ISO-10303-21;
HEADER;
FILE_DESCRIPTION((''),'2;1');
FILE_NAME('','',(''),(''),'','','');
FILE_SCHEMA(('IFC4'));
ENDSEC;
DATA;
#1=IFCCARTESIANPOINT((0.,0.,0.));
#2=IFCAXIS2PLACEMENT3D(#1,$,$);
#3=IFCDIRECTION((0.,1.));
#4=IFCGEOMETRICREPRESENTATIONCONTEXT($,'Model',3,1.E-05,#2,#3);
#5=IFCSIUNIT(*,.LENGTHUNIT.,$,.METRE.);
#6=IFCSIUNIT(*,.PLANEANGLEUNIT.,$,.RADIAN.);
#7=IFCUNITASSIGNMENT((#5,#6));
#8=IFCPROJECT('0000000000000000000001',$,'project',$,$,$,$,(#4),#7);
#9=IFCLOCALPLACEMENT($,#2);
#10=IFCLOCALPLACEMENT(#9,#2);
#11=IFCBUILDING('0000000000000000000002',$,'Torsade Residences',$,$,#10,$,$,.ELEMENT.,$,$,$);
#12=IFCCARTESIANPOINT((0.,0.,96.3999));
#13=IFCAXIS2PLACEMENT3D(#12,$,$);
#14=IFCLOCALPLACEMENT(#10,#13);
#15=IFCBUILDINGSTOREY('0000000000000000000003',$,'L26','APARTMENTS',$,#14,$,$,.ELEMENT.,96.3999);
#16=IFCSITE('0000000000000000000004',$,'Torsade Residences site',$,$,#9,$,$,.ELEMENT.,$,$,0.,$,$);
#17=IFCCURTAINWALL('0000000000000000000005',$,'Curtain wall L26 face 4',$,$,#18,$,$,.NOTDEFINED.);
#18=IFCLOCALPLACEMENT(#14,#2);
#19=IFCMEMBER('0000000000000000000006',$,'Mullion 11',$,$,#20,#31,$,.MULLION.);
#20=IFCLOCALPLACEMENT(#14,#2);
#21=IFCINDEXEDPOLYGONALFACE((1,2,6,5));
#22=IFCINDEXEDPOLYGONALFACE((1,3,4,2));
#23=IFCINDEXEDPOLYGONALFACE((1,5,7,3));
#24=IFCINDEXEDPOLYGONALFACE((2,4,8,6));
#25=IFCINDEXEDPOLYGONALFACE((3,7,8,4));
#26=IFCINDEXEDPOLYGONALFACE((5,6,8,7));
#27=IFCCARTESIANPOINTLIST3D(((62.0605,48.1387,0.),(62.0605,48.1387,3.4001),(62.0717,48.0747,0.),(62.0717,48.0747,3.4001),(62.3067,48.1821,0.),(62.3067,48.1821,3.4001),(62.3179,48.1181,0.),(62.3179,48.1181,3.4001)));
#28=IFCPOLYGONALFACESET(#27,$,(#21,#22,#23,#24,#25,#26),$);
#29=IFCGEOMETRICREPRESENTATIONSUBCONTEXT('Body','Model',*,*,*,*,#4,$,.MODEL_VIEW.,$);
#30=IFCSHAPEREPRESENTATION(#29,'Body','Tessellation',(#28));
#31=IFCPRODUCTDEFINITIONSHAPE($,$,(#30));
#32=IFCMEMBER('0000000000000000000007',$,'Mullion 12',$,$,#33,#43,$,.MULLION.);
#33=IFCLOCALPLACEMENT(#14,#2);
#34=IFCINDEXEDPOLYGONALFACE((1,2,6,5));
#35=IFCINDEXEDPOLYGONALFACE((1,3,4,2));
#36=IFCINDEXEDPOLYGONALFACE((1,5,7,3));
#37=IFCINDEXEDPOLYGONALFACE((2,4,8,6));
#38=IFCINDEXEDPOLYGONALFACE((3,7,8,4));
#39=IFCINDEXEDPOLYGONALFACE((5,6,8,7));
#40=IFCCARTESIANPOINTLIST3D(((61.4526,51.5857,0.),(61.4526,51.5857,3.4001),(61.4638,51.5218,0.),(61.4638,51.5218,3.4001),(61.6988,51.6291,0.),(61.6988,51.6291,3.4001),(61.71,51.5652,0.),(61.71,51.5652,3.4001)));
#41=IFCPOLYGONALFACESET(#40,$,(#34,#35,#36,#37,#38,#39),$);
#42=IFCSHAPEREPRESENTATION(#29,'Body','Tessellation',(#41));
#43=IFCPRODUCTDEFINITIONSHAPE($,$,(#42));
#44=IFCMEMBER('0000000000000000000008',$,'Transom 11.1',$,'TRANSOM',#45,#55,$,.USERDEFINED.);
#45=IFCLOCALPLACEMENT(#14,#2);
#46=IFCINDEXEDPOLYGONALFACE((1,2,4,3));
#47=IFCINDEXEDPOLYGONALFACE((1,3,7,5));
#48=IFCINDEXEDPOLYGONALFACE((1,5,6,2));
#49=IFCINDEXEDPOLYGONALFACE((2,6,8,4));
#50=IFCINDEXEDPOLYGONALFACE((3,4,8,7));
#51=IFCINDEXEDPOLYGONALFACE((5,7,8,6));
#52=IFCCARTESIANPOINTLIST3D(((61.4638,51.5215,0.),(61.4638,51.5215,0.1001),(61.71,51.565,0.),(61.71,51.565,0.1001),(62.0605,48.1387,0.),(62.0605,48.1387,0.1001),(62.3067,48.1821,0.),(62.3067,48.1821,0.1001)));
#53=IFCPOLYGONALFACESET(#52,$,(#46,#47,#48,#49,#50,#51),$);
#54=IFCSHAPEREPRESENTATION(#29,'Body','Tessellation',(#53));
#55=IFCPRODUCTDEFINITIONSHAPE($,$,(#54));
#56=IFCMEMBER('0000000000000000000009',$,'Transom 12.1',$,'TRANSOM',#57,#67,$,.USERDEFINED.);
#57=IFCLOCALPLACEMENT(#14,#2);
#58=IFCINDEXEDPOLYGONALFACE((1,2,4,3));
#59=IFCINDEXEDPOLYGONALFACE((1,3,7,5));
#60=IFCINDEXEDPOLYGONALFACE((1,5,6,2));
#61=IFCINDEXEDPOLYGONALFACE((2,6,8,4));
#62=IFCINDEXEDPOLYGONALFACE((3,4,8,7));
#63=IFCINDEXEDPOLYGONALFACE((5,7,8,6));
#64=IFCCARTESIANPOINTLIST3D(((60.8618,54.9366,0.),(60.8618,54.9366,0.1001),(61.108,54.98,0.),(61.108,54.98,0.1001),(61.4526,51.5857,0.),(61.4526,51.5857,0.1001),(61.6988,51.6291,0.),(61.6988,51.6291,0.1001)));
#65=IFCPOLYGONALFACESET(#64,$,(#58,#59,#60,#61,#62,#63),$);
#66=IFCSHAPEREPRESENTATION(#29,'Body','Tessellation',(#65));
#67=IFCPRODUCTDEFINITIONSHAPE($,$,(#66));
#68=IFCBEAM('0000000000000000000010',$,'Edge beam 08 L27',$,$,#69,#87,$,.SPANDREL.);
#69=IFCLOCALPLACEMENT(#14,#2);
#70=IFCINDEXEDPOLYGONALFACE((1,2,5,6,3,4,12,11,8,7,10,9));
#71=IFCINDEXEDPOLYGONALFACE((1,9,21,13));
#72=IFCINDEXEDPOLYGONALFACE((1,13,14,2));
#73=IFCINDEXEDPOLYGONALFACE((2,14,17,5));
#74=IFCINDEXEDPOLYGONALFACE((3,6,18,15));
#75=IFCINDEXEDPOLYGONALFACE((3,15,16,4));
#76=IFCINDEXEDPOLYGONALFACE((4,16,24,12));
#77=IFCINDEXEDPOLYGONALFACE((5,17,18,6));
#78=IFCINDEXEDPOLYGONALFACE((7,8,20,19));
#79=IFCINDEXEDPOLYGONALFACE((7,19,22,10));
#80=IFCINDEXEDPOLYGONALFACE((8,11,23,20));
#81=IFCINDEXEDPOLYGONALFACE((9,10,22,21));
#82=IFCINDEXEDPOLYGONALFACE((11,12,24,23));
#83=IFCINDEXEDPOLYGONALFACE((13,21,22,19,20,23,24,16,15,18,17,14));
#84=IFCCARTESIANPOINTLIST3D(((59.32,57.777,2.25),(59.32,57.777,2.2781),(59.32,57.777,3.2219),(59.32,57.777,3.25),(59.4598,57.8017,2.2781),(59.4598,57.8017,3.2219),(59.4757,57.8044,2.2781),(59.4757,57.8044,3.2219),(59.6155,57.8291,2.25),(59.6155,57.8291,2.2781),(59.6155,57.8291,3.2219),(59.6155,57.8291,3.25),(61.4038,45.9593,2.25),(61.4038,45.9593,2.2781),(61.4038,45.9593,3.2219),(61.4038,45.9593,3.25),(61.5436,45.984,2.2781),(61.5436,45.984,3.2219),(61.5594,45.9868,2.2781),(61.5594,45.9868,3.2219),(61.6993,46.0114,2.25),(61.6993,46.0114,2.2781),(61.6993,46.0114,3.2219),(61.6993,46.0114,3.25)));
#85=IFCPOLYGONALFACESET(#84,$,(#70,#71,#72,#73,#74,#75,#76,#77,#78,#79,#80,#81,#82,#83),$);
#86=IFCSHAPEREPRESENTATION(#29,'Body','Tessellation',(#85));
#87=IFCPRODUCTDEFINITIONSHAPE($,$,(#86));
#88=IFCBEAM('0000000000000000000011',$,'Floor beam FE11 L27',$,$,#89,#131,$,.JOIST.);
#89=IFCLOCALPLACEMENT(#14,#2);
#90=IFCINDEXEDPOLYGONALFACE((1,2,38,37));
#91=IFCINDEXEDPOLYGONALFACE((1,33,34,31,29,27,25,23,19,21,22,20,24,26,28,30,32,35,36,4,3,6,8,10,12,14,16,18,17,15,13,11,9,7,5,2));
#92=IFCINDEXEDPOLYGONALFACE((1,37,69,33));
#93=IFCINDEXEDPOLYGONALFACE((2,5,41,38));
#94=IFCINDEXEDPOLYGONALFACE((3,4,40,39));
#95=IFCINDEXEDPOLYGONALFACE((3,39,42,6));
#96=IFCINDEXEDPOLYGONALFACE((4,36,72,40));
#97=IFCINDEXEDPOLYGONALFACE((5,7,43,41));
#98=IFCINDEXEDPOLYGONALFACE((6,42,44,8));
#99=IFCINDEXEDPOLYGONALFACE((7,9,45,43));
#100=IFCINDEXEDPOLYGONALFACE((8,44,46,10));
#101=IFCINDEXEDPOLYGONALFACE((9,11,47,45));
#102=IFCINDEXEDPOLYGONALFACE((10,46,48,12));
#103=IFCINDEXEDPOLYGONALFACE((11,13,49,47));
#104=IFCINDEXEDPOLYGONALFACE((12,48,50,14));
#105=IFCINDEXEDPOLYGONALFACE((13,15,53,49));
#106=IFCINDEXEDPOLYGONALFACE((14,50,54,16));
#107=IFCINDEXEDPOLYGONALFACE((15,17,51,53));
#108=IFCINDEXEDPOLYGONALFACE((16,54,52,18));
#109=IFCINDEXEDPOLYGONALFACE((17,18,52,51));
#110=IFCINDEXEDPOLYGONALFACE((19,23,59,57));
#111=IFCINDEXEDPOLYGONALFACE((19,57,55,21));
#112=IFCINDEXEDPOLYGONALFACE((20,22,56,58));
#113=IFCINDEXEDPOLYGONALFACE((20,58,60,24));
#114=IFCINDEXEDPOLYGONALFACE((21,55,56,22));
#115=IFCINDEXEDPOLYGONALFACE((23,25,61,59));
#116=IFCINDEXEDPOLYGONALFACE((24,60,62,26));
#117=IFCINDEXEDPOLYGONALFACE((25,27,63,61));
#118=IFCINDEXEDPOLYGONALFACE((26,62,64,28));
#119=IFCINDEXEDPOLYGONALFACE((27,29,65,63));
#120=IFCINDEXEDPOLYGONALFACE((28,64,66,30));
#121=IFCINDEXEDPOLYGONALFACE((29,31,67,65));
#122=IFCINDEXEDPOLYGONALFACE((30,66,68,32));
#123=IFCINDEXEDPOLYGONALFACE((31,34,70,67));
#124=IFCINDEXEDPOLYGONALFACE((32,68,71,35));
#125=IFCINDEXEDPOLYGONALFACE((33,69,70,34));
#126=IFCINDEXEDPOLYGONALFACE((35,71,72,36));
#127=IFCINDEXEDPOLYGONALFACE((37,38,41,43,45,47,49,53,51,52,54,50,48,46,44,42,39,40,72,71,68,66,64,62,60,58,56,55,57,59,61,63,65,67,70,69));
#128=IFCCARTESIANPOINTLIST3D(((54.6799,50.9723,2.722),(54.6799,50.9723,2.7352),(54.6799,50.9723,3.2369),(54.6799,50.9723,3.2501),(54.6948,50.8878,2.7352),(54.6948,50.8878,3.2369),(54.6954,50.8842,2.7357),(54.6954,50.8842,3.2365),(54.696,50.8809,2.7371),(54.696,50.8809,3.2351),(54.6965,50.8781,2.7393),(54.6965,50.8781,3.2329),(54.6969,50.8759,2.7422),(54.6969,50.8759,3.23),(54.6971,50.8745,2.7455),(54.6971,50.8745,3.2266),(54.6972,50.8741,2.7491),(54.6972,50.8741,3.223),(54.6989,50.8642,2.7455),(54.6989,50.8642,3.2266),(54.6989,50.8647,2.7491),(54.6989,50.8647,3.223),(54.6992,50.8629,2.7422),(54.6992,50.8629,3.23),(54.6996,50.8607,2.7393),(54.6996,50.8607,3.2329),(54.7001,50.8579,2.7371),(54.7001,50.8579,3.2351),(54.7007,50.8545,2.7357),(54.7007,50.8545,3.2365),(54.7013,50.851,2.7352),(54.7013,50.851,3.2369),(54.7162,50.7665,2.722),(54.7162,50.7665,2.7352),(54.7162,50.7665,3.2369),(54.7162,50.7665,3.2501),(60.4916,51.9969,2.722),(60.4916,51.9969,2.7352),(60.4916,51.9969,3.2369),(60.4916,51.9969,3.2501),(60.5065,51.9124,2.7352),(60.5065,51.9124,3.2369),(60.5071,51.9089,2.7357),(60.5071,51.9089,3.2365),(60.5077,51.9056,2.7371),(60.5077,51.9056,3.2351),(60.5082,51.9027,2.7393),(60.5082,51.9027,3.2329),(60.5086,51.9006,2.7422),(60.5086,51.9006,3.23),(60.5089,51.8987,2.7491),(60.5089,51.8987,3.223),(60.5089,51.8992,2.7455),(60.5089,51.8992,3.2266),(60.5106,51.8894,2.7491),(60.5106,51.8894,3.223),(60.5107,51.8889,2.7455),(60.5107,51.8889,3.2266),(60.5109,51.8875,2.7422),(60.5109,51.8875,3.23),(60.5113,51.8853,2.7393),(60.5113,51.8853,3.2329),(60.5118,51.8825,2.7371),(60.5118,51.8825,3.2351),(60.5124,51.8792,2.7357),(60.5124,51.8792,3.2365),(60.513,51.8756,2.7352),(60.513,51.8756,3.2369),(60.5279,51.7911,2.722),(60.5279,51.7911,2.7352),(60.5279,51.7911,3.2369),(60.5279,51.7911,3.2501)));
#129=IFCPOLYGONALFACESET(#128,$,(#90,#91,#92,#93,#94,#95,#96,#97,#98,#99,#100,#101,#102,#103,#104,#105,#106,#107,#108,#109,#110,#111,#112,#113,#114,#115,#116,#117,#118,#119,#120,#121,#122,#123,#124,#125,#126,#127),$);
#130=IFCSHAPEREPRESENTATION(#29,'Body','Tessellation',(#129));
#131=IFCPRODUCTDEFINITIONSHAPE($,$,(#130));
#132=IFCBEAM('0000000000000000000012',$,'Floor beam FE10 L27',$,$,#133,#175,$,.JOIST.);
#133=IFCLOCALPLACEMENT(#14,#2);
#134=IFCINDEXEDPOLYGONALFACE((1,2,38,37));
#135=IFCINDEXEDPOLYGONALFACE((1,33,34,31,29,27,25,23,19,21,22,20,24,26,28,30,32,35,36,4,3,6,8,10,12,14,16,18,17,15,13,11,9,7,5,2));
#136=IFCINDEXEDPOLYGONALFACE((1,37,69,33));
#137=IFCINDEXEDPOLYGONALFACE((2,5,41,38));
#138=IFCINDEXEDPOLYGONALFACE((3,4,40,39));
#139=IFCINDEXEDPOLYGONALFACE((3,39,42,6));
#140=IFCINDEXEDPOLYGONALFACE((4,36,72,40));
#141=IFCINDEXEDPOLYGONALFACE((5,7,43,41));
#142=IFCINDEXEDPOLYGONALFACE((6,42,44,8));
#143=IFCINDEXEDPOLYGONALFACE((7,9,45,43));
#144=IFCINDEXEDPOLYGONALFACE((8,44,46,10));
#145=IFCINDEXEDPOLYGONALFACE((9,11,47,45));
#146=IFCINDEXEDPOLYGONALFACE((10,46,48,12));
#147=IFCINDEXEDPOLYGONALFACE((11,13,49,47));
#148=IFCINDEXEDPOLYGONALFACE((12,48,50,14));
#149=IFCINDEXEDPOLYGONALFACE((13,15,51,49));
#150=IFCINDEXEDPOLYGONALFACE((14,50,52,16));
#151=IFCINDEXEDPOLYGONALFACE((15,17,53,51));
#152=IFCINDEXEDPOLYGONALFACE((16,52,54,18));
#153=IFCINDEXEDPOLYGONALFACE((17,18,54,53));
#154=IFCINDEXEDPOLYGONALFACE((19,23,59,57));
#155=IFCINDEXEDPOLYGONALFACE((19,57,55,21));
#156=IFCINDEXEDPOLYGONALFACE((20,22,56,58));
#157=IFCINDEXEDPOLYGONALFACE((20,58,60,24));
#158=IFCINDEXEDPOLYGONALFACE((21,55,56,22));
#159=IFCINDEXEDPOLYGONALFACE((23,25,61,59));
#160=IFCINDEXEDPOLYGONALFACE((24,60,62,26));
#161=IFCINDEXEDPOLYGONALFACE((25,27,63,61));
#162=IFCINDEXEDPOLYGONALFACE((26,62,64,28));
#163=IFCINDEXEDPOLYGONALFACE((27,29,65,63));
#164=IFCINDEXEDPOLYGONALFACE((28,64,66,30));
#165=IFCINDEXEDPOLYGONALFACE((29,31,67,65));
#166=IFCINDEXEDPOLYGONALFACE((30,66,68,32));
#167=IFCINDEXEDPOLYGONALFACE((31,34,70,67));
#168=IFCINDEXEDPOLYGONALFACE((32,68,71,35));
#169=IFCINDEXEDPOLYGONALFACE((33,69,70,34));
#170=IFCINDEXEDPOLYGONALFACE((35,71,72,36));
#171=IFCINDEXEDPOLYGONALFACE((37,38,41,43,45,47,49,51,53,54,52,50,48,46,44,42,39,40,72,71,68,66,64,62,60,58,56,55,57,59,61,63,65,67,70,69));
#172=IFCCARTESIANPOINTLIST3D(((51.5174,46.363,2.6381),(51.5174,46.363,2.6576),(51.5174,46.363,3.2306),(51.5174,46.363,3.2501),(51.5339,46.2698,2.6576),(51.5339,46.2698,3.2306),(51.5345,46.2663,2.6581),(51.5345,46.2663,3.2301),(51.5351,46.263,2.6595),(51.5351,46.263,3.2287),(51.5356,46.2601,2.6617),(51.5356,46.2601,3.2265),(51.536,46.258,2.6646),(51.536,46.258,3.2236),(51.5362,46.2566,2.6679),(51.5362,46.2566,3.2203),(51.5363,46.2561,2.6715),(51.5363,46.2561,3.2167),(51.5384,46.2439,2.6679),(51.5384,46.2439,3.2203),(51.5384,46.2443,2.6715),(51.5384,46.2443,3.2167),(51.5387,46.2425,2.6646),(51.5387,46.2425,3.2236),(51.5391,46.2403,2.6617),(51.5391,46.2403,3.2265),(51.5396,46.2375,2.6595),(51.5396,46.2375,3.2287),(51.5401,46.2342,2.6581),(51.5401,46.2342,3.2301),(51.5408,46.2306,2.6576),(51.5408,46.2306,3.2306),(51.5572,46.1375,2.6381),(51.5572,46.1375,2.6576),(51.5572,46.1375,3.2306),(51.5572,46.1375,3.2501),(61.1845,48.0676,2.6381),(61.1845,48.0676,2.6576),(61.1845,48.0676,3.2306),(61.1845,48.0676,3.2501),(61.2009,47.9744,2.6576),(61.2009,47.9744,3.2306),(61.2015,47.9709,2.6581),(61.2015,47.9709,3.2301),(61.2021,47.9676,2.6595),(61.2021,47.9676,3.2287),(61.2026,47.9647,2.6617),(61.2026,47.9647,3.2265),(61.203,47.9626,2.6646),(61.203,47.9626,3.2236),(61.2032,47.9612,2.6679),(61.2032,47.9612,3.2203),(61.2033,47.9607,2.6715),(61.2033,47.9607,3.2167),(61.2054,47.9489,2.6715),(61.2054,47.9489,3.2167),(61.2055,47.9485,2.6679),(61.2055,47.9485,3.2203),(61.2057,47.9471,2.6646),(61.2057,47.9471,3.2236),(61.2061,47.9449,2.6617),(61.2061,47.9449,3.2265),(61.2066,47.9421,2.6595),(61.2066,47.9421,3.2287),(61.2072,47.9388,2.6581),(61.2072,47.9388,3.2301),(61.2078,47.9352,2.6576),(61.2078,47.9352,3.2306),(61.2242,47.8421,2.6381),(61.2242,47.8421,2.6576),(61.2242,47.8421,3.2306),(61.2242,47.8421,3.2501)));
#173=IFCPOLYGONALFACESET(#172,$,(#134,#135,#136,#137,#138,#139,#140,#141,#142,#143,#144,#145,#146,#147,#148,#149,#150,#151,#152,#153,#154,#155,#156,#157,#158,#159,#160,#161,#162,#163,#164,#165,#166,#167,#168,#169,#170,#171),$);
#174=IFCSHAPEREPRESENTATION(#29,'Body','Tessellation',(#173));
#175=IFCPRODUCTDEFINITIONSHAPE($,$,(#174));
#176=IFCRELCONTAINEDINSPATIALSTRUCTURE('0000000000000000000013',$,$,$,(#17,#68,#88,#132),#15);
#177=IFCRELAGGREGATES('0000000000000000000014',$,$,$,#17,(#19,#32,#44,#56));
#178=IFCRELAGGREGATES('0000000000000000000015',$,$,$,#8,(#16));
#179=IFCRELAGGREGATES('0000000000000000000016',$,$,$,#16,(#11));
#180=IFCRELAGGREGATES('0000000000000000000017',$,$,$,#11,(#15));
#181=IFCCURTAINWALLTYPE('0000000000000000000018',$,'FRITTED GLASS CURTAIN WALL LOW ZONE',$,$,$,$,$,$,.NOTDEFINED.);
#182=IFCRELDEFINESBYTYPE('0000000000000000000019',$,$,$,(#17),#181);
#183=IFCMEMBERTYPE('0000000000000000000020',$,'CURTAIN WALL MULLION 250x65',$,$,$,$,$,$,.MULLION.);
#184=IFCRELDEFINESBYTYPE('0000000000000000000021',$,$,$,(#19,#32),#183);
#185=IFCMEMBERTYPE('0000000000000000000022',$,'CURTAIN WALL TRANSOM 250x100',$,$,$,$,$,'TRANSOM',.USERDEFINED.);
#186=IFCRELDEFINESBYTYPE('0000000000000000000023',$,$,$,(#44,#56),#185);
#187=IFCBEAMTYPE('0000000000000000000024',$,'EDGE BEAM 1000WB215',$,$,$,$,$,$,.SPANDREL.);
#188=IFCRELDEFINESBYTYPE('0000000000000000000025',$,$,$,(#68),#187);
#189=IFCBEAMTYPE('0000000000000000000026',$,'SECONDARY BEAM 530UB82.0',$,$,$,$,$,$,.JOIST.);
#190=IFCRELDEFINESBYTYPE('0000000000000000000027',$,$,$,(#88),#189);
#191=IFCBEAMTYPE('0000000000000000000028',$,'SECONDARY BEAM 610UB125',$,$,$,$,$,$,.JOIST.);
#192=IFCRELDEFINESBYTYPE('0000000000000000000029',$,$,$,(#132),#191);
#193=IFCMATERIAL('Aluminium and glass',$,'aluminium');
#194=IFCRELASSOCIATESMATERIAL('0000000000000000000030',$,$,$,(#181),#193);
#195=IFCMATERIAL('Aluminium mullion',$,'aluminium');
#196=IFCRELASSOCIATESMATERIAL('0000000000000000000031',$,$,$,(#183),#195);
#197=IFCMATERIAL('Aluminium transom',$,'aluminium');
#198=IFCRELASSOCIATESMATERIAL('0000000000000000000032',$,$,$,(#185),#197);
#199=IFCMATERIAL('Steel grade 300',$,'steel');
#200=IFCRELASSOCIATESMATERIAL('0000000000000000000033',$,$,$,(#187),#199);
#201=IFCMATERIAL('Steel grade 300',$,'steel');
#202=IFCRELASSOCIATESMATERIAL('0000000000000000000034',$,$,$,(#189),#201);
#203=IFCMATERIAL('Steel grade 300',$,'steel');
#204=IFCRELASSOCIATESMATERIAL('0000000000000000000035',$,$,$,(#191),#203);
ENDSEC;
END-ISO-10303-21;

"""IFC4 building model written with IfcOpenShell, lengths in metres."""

from ifc_helpers import new_model, si_unit, direction, frame, origin, origin_2d, place, context, subcontext, project, spatial, rectangle, i_section, extrude, material, material_profile, profile_set, type_object, element, aggregate, save


model = new_model("IFC4")

# Units and contexts
model_context = context("Model", 3, precision=1e-05, world=origin(), true_north=direction((0.0, 1.0)))
body_context = subcontext(model_context, "Body", "Model", "MODEL_VIEW")
ifc_project = project(units=[si_unit("LENGTHUNIT", "METRE"), si_unit("PLANEANGLEUNIT", "RADIAN")], contexts=[model_context])

# Site, building, storey
site_placement = place(None, origin())
site = spatial("IfcSite", under=ifc_project, at=site_placement, Name="Torsade Residences site", CompositionType="ELEMENT", RefElevation=0.0)
building_placement = place(site_placement, origin())
building = spatial("IfcBuilding", under=site, at=building_placement, Name="Torsade Residences", CompositionType="ELEMENT")
storey_placement = place(building_placement, frame((0.0, 0.0, 96.3999)))
storey = spatial("IfcBuildingStorey", under=building, at=storey_placement, Name="L26", Description="APARTMENTS", CompositionType="ELEMENT", Elevation=96.3999)

# Curtain wall, members
ifc_material_1 = material(Name="Aluminium and glass", Category="aluminium")
curtain_wall_type = type_object("IfcCurtainWallType", Name="FRITTED GLASS CURTAIN WALL LOW ZONE", PredefinedType="NOTDEFINED", material=ifc_material_1)
curtain_wall_placement = place(storey_placement, origin())
curtain_wall = element("IfcCurtainWall", 1, at=curtain_wall_placement, inside=storey, type_object=curtain_wall_type, Name="Curtain wall L26 face 4", PredefinedType="NOTDEFINED")
ifc_material_2 = material(Name="Aluminium mullion", Category="aluminium")
ifc_material_profile_1 = material_profile(ifc_material_2, rectangle(XDim=0.25, YDim=0.0649, at=origin_2d()), Name="CURTAIN WALL MULLION 250x65")
ifc_profile_set_1 = profile_set([ifc_material_profile_1], Name="Aluminium mullion")
member_type_1 = type_object("IfcMemberType", Name="CURTAIN WALL MULLION 250x65", PredefinedType="MULLION", material=ifc_profile_set_1)
member_1_placement = place(storey_placement, frame((62.1892, 48.1284, 0.0), z_axis=(0.0, 0.0, 1.0), x_axis=(-0.984808, -0.173648, 0.0)))
member_1 = element("IfcMember", 2, at=member_1_placement, type_object=member_type_1, Name="Mullion 11", PredefinedType="MULLION", context=body_context, shape_type="SweptSolid", body=[
    extrude(rectangle(XDim=0.25, YDim=0.0649, at=origin_2d()), origin(), (0.0, 0.0, 1.0), 3.4001),
])
member_2_placement = place(storey_placement, frame((61.5813, 51.5754, 0.0), z_axis=(0.0, 0.0, 1.0), x_axis=(-0.984808, -0.173648, 0.0)))
member_2 = element("IfcMember", 3, at=member_2_placement, type_object=member_type_1, Name="Mullion 12", PredefinedType="MULLION", context=body_context, shape_type="SweptSolid", body=[
    extrude(rectangle(XDim=0.25, YDim=0.0649, at=origin_2d()), origin(), (0.0, 0.0, 1.0), 3.4001),
])
ifc_material_3 = material(Name="Aluminium transom", Category="aluminium")
ifc_material_profile_2 = material_profile(ifc_material_3, rectangle(XDim=0.25, YDim=0.1001, at=origin_2d()), Name="CURTAIN WALL TRANSOM 250x100")
ifc_profile_set_2 = profile_set([ifc_material_profile_2], Name="Aluminium transom")
member_type_2 = type_object("IfcMemberType", Name="CURTAIN WALL TRANSOM 250x100", ElementType="TRANSOM", PredefinedType="USERDEFINED", material=ifc_profile_set_2)
member_3_placement = place(storey_placement, frame((62.1836, 48.1604, 0.05), z_axis=(-0.173704, 0.984798, 0.0), x_axis=(-0.984798, -0.173704, 0.0)))
member_3 = element("IfcMember", 4, at=member_3_placement, type_object=member_type_2, Name="Transom 11.1", ObjectType="TRANSOM", PredefinedType="USERDEFINED", context=body_context, shape_type="SweptSolid", body=[
    extrude(rectangle(XDim=0.25, YDim=0.1001, at=origin_2d()), origin(), (0.0, 0.0, 1.0), 3.4351),
])
member_4_placement = place(storey_placement, frame((61.5757, 51.6074, 0.05), z_axis=(-0.173642, 0.984809, 0.0), x_axis=(-0.984809, -0.173642, 0.0)))
member_4 = element("IfcMember", 5, at=member_4_placement, type_object=member_type_2, Name="Transom 12.1", ObjectType="TRANSOM", PredefinedType="USERDEFINED", context=body_context, shape_type="SweptSolid", body=[
    extrude(rectangle(XDim=0.25, YDim=0.1001, at=origin_2d()), origin(), (0.0, 0.0, 1.0), 3.4026),
])

# Beams
ifc_material_4 = material(Name="Steel grade 300", Category="steel")
ifc_material_profile_3 = material_profile(ifc_material_4, i_section(OverallWidth=0.3, OverallDepth=1.0, WebThickness=0.0161, FlangeThickness=0.0281, at=origin_2d()), Name="1000WB215")
ifc_profile_set_3 = profile_set([ifc_material_profile_3], Name="Steel grade 300")
beam_type_1 = type_object("IfcBeamType", Name="EDGE BEAM 1000WB215", PredefinedType="SPANDREL", material=ifc_profile_set_3)
beam_1_placement = place(storey_placement, frame((61.5515, 45.9854, 2.75), z_axis=(-0.173646, 0.984808, 0.0), x_axis=(-0.984808, -0.173646, 0.0)))
element("IfcBeam", 6, at=beam_1_placement, inside=storey, type_object=beam_type_1, Name="Edge beam 08 L27", PredefinedType="SPANDREL", context=body_context, shape_type="SweptSolid", body=[
    extrude(i_section(OverallWidth=0.3, OverallDepth=1.0, WebThickness=0.0161, FlangeThickness=0.0281, at=origin_2d()), origin(), (0.0, 0.0, 1.0), 12.0),
])
ifc_material_5 = material(Name="Steel grade 300", Category="steel")
ifc_material_profile_4 = material_profile(ifc_material_5, i_section(OverallWidth=0.209, OverallDepth=0.5281, WebThickness=0.0095, FlangeThickness=0.0132, FilletRadius=0.0139, at=origin_2d()), Name="530UB82.0")
ifc_profile_set_4 = profile_set([ifc_material_profile_4], Name="Steel grade 300")
beam_type_2 = type_object("IfcBeamType", Name="SECONDARY BEAM 530UB82.0", PredefinedType="JOIST", material=ifc_profile_set_4)
beam_2_placement = place(storey_placement, frame((60.5098, 51.894, 2.9861), z_axis=(-0.984811, -0.17363, 0.0), x_axis=(0.17363, -0.984811, 0.0)))
element("IfcBeam", 7, at=beam_2_placement, inside=storey, type_object=beam_type_2, Name="Floor beam FE11 L27", PredefinedType="JOIST", context=body_context, shape_type="SweptSolid", body=[
    extrude(i_section(OverallWidth=0.209, OverallDepth=0.5281, WebThickness=0.0095, FlangeThickness=0.0132, FilletRadius=0.0139, at=origin_2d()), origin(), (0.0, 0.0, 1.0), 5.9014),
])
ifc_material_6 = material(Name="Steel grade 300", Category="steel")
ifc_material_profile_5 = material_profile(ifc_material_6, i_section(OverallWidth=0.229, OverallDepth=0.6121, WebThickness=0.012, FlangeThickness=0.0195, FilletRadius=0.0139, at=origin_2d()), Name="610UB125")
ifc_profile_set_5 = profile_set([ifc_material_profile_5], Name="Steel grade 300")
beam_type_3 = type_object("IfcBeamType", Name="SECONDARY BEAM 610UB125", PredefinedType="JOIST", material=ifc_profile_set_5)
beam_3_placement = place(storey_placement, frame((61.2043, 47.9548, 2.9441), z_axis=(-0.984807, -0.173652, 0.0), x_axis=(0.173652, -0.984807, 0.0)))
element("IfcBeam", 8, at=beam_3_placement, inside=storey, type_object=beam_type_3, Name="Floor beam FE10 L27", PredefinedType="JOIST", context=body_context, shape_type="SweptSolid", body=[
    extrude(i_section(OverallWidth=0.229, OverallDepth=0.6121, WebThickness=0.012, FlangeThickness=0.0195, FilletRadius=0.0139, at=origin_2d()), origin(), (0.0, 0.0, 1.0), 9.8162),
])

aggregate(curtain_wall, [member_1, member_2, member_3, member_4])

save(model, "model.ifc")
